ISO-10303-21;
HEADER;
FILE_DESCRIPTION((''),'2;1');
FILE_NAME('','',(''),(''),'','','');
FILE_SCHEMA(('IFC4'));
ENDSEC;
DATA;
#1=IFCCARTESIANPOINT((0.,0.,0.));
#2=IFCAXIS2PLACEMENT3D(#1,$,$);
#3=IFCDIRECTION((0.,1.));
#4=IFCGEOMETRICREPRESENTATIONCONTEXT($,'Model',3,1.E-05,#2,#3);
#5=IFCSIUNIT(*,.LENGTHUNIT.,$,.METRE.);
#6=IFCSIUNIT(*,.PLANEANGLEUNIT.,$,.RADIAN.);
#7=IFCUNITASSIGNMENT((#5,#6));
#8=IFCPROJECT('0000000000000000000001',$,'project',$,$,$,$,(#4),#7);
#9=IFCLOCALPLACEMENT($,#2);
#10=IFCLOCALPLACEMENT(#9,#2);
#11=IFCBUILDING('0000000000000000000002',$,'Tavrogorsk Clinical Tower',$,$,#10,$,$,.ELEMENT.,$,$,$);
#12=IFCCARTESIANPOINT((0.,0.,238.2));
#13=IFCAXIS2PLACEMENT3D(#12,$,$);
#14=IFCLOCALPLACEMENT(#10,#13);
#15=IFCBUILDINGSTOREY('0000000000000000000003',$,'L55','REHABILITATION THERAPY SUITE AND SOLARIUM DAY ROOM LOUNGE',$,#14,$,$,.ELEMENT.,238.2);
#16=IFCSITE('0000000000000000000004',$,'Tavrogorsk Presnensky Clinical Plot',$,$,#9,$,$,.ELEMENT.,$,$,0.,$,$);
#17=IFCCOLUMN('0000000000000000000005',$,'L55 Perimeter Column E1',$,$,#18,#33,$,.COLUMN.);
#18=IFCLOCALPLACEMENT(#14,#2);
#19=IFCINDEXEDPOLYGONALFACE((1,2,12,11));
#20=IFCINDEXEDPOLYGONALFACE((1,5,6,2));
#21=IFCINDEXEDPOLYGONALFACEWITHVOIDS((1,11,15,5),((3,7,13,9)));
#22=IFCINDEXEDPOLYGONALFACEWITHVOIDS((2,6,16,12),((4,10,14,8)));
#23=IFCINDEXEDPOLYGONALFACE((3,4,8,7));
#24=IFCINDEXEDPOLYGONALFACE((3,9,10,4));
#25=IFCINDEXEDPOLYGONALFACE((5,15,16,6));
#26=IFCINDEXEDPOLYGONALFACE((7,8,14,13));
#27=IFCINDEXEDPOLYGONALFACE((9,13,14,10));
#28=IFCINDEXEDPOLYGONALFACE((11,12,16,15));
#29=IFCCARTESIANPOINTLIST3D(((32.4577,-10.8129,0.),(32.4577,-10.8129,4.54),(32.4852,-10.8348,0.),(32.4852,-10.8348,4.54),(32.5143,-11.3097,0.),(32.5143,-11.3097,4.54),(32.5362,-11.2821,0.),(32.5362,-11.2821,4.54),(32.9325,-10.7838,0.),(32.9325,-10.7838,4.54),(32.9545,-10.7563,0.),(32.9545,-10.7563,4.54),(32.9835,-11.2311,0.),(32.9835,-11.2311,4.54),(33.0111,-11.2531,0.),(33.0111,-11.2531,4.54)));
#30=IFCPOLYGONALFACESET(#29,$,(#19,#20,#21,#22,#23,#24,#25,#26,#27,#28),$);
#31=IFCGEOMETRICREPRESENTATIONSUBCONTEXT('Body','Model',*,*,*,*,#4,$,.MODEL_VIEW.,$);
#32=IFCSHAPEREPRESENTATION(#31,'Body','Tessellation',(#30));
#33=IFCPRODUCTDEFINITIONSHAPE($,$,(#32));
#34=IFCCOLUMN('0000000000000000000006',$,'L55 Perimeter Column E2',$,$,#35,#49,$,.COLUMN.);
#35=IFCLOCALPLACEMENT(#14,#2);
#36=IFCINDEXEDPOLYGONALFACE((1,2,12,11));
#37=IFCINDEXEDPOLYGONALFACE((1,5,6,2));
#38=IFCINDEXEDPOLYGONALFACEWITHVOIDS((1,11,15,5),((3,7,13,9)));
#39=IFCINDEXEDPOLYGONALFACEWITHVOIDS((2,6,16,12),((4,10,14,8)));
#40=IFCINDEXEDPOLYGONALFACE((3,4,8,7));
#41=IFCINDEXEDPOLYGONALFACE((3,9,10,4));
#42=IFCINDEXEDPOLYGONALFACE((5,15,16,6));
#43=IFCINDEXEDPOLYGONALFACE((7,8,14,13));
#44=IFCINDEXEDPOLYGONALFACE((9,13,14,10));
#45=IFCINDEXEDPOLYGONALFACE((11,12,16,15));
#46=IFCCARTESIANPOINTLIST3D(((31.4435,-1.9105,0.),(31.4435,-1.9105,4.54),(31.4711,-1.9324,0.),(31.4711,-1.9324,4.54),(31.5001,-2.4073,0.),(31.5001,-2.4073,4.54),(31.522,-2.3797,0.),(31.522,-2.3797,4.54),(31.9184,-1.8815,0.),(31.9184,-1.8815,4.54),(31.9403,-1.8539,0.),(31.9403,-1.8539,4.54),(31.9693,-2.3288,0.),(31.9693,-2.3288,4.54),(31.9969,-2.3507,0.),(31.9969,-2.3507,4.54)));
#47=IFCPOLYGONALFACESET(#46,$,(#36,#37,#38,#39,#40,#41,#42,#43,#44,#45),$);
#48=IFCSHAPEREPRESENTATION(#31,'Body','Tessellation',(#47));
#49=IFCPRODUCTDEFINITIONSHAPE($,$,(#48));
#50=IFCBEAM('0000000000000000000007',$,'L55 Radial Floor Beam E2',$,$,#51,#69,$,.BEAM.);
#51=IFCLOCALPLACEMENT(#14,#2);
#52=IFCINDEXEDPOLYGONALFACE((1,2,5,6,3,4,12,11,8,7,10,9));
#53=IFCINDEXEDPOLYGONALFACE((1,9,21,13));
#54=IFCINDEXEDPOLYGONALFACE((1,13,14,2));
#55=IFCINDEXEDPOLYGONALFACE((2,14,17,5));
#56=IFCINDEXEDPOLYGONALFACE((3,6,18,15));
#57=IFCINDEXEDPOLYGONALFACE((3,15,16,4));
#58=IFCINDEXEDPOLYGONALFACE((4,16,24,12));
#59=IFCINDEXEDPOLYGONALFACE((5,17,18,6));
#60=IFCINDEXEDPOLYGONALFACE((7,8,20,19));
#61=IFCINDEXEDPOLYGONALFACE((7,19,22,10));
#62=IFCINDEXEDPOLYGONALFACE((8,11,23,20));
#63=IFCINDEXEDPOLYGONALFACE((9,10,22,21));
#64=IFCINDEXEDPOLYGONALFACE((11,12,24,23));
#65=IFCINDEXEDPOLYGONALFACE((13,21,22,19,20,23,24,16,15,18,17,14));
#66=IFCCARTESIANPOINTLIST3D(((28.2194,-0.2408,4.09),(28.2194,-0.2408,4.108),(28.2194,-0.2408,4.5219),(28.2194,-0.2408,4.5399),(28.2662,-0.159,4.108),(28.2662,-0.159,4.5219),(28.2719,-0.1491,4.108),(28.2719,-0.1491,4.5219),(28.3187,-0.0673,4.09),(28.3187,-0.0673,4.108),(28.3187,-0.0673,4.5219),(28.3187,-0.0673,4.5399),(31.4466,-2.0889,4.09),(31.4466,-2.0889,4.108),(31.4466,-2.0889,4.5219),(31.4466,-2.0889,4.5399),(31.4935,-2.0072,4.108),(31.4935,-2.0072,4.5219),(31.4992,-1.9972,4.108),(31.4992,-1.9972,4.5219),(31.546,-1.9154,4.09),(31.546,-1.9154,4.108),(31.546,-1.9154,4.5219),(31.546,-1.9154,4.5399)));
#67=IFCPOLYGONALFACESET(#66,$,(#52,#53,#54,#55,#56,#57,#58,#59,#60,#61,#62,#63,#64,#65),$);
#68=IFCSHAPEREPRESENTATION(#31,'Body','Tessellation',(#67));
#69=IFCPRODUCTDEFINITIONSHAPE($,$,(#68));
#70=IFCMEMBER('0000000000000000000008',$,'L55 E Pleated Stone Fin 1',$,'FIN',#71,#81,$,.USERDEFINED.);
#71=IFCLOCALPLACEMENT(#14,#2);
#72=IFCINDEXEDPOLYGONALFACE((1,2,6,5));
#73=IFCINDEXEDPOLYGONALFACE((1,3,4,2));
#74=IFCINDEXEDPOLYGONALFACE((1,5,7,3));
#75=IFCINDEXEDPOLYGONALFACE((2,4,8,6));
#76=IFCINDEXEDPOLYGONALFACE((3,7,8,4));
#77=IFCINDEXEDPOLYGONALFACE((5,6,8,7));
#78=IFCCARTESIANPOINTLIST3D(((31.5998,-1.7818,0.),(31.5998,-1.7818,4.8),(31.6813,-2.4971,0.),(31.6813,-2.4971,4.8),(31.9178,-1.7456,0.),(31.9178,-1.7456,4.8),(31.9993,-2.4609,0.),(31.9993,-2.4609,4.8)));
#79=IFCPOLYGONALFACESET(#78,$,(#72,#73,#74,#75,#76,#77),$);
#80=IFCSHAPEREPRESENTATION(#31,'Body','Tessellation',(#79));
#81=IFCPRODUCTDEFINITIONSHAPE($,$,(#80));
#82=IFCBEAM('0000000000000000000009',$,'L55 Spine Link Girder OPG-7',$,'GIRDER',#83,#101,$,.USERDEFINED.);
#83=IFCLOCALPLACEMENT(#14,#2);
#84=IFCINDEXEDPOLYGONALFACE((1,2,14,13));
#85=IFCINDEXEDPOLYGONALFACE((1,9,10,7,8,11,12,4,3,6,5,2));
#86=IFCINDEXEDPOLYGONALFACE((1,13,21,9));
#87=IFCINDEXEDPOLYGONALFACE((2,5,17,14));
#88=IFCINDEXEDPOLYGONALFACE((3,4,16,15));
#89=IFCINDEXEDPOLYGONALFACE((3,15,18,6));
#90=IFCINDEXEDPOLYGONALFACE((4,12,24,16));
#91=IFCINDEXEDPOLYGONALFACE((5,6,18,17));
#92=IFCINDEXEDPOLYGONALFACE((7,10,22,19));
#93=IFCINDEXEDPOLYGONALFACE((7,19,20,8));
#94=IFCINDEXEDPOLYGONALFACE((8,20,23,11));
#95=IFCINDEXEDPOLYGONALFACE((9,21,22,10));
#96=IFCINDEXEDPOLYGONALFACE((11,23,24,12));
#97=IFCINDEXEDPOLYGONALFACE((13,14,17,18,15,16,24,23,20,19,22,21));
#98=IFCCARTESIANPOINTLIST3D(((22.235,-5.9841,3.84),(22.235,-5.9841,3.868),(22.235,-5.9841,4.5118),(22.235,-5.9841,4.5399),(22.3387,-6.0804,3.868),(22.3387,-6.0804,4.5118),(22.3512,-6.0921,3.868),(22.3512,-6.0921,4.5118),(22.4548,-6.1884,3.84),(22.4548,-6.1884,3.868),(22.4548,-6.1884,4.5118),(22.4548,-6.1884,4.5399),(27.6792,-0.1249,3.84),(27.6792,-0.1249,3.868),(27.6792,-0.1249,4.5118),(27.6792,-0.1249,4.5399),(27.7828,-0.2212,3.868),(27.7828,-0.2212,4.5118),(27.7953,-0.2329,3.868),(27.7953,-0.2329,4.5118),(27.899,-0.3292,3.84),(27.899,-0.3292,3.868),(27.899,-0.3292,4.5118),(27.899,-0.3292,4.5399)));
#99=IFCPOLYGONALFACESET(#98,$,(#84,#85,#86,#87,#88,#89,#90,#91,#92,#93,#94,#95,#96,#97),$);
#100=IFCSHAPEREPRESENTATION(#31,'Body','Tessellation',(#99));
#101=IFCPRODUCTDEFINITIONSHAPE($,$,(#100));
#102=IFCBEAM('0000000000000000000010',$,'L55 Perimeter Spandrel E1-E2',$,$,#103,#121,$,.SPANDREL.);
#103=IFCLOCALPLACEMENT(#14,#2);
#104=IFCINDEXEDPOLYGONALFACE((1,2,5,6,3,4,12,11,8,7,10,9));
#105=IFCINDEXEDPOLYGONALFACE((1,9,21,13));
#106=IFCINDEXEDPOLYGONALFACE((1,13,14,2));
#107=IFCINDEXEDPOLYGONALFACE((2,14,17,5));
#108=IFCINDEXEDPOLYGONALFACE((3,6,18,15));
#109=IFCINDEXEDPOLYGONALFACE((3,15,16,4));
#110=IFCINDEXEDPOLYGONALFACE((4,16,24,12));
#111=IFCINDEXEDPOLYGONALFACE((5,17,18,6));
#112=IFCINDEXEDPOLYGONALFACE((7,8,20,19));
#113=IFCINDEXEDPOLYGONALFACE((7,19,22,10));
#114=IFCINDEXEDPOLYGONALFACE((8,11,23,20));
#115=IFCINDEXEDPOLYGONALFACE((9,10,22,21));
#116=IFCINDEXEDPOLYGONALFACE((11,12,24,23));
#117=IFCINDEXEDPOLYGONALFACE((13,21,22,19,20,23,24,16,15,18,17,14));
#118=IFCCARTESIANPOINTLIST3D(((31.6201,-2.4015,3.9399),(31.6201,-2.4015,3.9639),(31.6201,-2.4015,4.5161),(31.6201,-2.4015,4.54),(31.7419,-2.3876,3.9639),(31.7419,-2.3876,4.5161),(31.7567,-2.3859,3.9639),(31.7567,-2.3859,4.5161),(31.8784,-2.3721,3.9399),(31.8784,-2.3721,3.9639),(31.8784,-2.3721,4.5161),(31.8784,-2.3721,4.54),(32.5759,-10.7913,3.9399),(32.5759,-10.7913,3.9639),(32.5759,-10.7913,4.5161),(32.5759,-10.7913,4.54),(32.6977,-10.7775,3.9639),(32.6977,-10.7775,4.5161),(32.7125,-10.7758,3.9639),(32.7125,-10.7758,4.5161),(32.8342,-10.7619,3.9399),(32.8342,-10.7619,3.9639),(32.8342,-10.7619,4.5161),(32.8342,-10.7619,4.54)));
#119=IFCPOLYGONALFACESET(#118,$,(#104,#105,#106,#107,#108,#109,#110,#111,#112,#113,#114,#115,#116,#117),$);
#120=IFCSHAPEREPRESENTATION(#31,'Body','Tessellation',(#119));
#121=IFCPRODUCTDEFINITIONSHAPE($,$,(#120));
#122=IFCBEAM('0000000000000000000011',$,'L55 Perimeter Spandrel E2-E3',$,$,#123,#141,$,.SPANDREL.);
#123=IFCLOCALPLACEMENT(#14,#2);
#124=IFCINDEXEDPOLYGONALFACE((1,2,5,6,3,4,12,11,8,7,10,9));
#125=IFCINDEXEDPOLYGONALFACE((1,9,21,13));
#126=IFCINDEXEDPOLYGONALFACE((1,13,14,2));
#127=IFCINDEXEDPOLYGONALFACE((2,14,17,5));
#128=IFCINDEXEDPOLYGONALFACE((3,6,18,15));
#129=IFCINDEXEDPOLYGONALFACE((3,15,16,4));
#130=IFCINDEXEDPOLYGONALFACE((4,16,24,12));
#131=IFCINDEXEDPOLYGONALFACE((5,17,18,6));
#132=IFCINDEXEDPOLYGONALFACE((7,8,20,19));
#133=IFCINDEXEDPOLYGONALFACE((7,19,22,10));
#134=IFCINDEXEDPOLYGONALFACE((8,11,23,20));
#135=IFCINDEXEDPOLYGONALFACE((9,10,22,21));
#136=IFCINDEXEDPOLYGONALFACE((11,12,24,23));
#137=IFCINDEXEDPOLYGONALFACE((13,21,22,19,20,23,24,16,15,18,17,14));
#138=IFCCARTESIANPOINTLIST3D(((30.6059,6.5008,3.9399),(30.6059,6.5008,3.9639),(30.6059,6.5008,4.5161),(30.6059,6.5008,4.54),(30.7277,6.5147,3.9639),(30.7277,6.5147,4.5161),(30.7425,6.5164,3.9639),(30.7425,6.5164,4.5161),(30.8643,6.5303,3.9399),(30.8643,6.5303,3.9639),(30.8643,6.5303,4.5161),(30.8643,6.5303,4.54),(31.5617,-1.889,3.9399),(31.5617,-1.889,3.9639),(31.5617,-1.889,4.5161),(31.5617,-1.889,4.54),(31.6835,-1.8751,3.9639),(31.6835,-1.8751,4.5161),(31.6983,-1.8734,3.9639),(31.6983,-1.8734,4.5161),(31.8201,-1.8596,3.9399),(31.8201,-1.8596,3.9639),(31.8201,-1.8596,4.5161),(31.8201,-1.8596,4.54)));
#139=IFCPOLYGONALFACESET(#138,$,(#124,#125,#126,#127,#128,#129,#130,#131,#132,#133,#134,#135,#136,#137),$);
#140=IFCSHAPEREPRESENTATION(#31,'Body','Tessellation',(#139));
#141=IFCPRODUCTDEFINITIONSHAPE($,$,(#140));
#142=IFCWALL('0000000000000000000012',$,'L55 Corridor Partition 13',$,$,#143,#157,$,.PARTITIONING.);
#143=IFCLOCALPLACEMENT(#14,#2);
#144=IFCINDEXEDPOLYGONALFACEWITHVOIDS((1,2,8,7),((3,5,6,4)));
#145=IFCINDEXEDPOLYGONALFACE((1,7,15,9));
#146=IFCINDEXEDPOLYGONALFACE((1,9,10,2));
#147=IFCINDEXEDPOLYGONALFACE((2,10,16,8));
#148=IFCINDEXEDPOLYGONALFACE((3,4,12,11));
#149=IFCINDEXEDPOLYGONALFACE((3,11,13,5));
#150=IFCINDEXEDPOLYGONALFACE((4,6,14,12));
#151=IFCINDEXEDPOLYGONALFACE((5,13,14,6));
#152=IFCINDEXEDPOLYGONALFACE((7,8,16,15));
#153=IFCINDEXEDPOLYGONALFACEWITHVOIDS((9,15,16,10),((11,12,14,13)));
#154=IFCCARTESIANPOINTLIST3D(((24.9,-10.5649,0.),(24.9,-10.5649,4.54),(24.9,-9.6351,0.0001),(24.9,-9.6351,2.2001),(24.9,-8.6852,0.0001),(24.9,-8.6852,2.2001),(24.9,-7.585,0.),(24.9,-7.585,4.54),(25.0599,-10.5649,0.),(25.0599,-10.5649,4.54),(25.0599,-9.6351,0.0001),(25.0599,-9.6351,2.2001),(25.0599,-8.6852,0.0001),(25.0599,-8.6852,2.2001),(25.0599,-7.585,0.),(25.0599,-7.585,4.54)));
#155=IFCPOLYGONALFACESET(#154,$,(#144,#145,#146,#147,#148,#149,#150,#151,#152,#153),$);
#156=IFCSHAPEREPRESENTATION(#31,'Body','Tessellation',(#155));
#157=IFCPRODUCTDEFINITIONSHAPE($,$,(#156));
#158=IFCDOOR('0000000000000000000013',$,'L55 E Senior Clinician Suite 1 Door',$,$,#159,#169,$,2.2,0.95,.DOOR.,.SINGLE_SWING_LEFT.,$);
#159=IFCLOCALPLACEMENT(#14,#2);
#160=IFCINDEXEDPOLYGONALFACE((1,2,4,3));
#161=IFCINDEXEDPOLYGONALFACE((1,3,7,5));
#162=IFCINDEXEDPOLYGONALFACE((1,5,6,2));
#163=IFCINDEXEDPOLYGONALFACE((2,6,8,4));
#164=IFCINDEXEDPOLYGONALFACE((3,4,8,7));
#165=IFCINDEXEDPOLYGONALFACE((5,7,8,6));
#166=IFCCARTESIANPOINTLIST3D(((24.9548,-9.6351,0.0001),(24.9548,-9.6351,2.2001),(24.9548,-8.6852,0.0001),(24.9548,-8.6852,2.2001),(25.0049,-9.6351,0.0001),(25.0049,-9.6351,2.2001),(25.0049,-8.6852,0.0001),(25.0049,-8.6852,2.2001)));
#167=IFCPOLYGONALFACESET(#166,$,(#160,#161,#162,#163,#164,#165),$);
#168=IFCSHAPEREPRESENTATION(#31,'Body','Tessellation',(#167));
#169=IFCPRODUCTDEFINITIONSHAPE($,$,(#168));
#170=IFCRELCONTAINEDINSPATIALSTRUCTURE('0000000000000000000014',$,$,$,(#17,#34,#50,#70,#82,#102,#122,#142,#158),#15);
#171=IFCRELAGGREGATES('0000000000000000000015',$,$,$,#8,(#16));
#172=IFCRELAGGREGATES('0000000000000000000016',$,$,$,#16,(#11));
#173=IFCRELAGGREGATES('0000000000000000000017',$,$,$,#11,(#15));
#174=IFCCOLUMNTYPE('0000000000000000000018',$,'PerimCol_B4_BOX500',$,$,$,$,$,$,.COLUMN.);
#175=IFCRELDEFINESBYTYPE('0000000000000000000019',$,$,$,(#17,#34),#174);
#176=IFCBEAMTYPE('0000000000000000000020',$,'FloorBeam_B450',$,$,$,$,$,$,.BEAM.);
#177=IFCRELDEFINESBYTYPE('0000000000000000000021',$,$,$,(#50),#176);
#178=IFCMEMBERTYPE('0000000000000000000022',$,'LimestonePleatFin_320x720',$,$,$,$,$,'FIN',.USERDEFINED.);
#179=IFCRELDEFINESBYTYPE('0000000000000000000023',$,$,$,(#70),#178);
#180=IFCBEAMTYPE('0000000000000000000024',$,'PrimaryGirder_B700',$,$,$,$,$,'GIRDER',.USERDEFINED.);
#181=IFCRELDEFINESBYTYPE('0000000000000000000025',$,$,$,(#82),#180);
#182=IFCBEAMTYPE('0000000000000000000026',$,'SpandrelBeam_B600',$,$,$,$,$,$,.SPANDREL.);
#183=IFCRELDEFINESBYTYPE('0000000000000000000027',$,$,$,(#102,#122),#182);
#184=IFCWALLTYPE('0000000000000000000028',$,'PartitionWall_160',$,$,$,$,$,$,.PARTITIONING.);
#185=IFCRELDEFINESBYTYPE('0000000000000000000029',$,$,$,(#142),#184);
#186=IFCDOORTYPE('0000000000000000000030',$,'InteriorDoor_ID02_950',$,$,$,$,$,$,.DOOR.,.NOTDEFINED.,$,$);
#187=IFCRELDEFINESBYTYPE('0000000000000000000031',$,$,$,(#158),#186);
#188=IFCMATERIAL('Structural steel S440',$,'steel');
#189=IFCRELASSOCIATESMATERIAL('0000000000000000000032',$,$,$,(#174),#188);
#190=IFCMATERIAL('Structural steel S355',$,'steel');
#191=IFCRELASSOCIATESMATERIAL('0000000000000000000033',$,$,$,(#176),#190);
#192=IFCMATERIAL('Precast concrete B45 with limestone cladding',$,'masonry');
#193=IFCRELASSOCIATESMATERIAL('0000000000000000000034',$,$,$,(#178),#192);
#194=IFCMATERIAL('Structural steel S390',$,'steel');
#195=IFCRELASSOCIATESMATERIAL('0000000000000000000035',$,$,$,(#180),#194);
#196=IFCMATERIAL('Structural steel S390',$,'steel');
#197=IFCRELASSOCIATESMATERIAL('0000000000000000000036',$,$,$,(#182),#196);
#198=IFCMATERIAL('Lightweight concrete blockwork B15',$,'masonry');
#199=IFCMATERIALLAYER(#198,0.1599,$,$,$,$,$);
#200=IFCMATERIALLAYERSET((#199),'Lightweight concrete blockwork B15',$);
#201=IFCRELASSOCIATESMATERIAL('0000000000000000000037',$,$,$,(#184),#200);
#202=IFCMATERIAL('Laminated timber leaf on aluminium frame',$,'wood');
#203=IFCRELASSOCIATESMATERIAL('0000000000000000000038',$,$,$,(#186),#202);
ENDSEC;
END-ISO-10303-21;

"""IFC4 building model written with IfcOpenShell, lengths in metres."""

from ifc_helpers import new_model, si_unit, direction, frame, frame_2d, origin, origin_2d, place, context, subcontext, project, spatial, rectangle, hollow_rectangle, i_section, extrude, material, layer, layer_set, material_profile, profile_set, type_object, element, fill, save


model = new_model("IFC4")

# Units and contexts
model_context = context("Model", 3, precision=1e-05, world=origin(), true_north=direction((0.0, 1.0)))
body_context = subcontext(model_context, "Body", "Model", "MODEL_VIEW")
ifc_project = project(units=[si_unit("LENGTHUNIT", "METRE"), si_unit("PLANEANGLEUNIT", "RADIAN")], contexts=[model_context])

# Site, building, storey
site_placement = place(None, origin())
site = spatial("IfcSite", under=ifc_project, at=site_placement, Name="Tavrogorsk Presnensky Clinical Plot", CompositionType="ELEMENT", RefElevation=0.0)
building_placement = place(site_placement, origin())
building = spatial("IfcBuilding", under=site, at=building_placement, Name="Tavrogorsk Clinical Tower", CompositionType="ELEMENT")
storey_placement = place(building_placement, frame((0.0, 0.0, 238.2)))
storey = spatial("IfcBuildingStorey", under=building, at=storey_placement, Name="L55", Description="REHABILITATION THERAPY SUITE AND SOLARIUM DAY ROOM LOUNGE", CompositionType="ELEMENT", Elevation=238.2)

# Columns
ifc_material_1 = material(Name="Structural steel S440", Category="steel")
ifc_material_profile_1 = material_profile(ifc_material_1, hollow_rectangle(XDim=0.5, YDim=0.5, WallThickness=0.0249, at=origin_2d()), Name="BOX-500x500x25")
ifc_profile_set_1 = profile_set([ifc_material_profile_1], Name="Structural steel S440")
column_type = type_object("IfcColumnType", Name="PerimCol_B4_BOX500", PredefinedType="COLUMN", material=ifc_profile_set_1)
for number, where, z_axis, x_axis, name in (
    (1, (32.7344, -11.033, 0.0), (0.0, 0.0, 1.0), (0.993572, 0.113203, 0.0), "L55 Perimeter Column E1"),
    (2, (31.7202, -2.1306, 0.0), (0.0, 0.0, 1.0), (0.993572, 0.113203, 0.0), "L55 Perimeter Column E2"),
):
    element("IfcColumn", number, at=place(storey_placement, frame(where, z_axis=z_axis, x_axis=x_axis)), inside=storey, type_object=column_type, Name=name, PredefinedType="COLUMN", context=body_context, shape_type="SweptSolid", body=[
        extrude(hollow_rectangle(XDim=0.5, YDim=0.5, WallThickness=0.0249, at=origin_2d()), origin(), (0.0, 0.0, 1.0), 4.54),
    ])

# Beam
ifc_material_2 = material(Name="Structural steel S355", Category="steel")
ifc_material_profile_2 = material_profile(ifc_material_2, i_section(OverallWidth=0.2, OverallDepth=0.45, WebThickness=0.0115, FlangeThickness=0.0181, at=origin_2d()), Name="B-450x200x11.5x18")
ifc_profile_set_2 = profile_set([ifc_material_profile_2], Name="Structural steel S355")
beam_type_1 = type_object("IfcBeamType", Name="FloorBeam_B450", PredefinedType="BEAM", material=ifc_profile_set_2)
beam_1_placement = place(storey_placement, frame((28.269, -0.1541, 4.3149), z_axis=(0.867782, -0.496945, 0.0), x_axis=(0.496945, 0.867782, 0.0)))
element("IfcBeam", 3, at=beam_1_placement, inside=storey, type_object=beam_type_1, Name="L55 Radial Floor Beam E2", PredefinedType="BEAM", context=body_context, shape_type="SweptSolid", body=[
    extrude(i_section(OverallWidth=0.2, OverallDepth=0.45, WebThickness=0.0115, FlangeThickness=0.0181, at=origin_2d()), origin(), (0.0, 0.0, 1.0), 3.719),
])

# Member
ifc_material_3 = material(Name="Precast concrete B45 with limestone cladding", Category="masonry")
ifc_material_profile_3 = material_profile(ifc_material_3, rectangle(XDim=0.3201, YDim=0.72, at=origin_2d()), Name="LIMESTONE-FIN-320x720")
ifc_profile_set_3 = profile_set([ifc_material_profile_3], Name="Precast concrete B45 with limestone cladding")
member_type = type_object("IfcMemberType", Name="LimestonePleatFin_320x720", ElementType="FIN", PredefinedType="USERDEFINED", material=ifc_profile_set_3)
member_placement = place(storey_placement, frame((31.7996, -2.1213, 0.0), z_axis=(0.0, 0.0, 1.0), x_axis=(0.993572, 0.113203, 0.0)))
element("IfcMember", 4, at=member_placement, inside=storey, type_object=member_type, Name="L55 E Pleated Stone Fin 1", ObjectType="FIN", PredefinedType="USERDEFINED", context=body_context, shape_type="SweptSolid", body=[
    extrude(rectangle(XDim=0.3201, YDim=0.72, at=origin_2d()), origin(), (0.0, 0.0, 1.0), 4.8),
])

# Beams
ifc_material_4 = material(Name="Structural steel S390", Category="steel")
ifc_material_profile_4 = material_profile(ifc_material_4, i_section(OverallWidth=0.3, OverallDepth=0.7, WebThickness=0.0171, FlangeThickness=0.0281, at=origin_2d()), Name="B-700x300x17x28")
ifc_profile_set_4 = profile_set([ifc_material_profile_4], Name="Structural steel S390")
beam_type_2 = type_object("IfcBeamType", Name="PrimaryGirder_B700", ElementType="GIRDER", PredefinedType="USERDEFINED", material=ifc_profile_set_4)
beam_2_placement = place(storey_placement, frame((27.7891, -0.2271, 4.1899), z_axis=(-0.680684, -0.732577, 0.0), x_axis=(0.732577, -0.680684, 0.0)))
element("IfcBeam", 5, at=beam_2_placement, inside=storey, type_object=beam_type_2, Name="L55 Spine Link Girder OPG-7", ObjectType="GIRDER", PredefinedType="USERDEFINED", context=body_context, shape_type="SweptSolid", body=[
    extrude(i_section(OverallWidth=0.3, OverallDepth=0.7, WebThickness=0.0171, FlangeThickness=0.0281, at=origin_2d()), origin(), (0.0, 0.0, 1.0), 7.998),
])
ifc_material_5 = material(Name="Structural steel S390", Category="steel")
ifc_material_profile_5 = material_profile(ifc_material_5, i_section(OverallWidth=0.26, OverallDepth=0.6001, WebThickness=0.0149, FlangeThickness=0.0239, at=origin_2d()), Name="B-600x260x15x24")
ifc_profile_set_5 = profile_set([ifc_material_profile_5], Name="Structural steel S390")
beam_type_3 = type_object("IfcBeamType", Name="SpandrelBeam_B600", PredefinedType="SPANDREL", material=ifc_profile_set_5)
for number, where, z_axis, x_axis, name in (
    (6, (32.7051, -10.7766, 4.24), (-0.113192, 0.993573, 0.0), (-0.993573, -0.113192, 0.0), "L55 Perimeter Spandrel E1-E2"),
    (7, (31.6909, -1.8743, 4.24), (-0.113192, 0.993573, 0.0), (-0.993573, -0.113192, 0.0), "L55 Perimeter Spandrel E2-E3"),
):
    element("IfcBeam", number, at=place(storey_placement, frame(where, z_axis=z_axis, x_axis=x_axis)), inside=storey, type_object=beam_type_3, Name=name, PredefinedType="SPANDREL", context=body_context, shape_type="SweptSolid", body=[
        extrude(i_section(OverallWidth=0.26, OverallDepth=0.6001, WebThickness=0.0149, FlangeThickness=0.0239, at=origin_2d()), origin(), (0.0, 0.0, 1.0), 8.4441),
    ])

# Wall, opening, door
ifc_material_6 = material(Name="Lightweight concrete blockwork B15", Category="masonry")
ifc_layer = layer(ifc_material_6, 0.1599)
ifc_layer_set = layer_set([ifc_layer], Name="Lightweight concrete blockwork B15")
wall_type = type_object("IfcWallType", Name="PartitionWall_160", PredefinedType="PARTITIONING", material=ifc_layer_set)
wall_1_placement = place(storey_placement, frame((24.98, -7.585, 0.0), z_axis=(0.0, 0.0, 1.0), x_axis=(0.0, -1.0, 0.0)))
wall_1 = element("IfcWall", 8, at=wall_1_placement, inside=storey, type_object=wall_type, Name="L55 Corridor Partition 13", PredefinedType="PARTITIONING", context=body_context, shape_type="SweptSolid", body=[
    extrude(rectangle(XDim=2.98, YDim=0.1599, at=frame_2d((1.49, 0.0))), origin(), (0.0, 0.0, 1.0), 4.54),
])
opening_1_placement = place(wall_1_placement, frame((1.1001, 0.0, 0.0)))
opening_1 = element("IfcOpeningElement", 9, at=opening_1_placement, cuts=wall_1, PredefinedType="OPENING", context=body_context, shape_type="SweptSolid", body=[
    extrude(rectangle(XDim=0.95, YDim=2.2, at=frame_2d((0.4751, 1.1001))), frame((0.0, 0.0898, 0.0), z_axis=(0.0, -1.0, 0.0), x_axis=(1.0, 0.0, 0.0)), (0.0, 0.0, 1.0), 0.1799),
])
ifc_material_7 = material(Name="Laminated timber leaf on aluminium frame", Category="wood")
door_type_1 = type_object("IfcDoorType", Name="InteriorDoor_ID02_950", OperationType="NOTDEFINED", PredefinedType="DOOR", material=ifc_material_7)
door_1_placement = place(opening_1_placement, origin())
door_1 = element("IfcDoor", 10, at=door_1_placement, inside=storey, type_object=door_type_1, Name="L55 E Senior Clinician Suite 1 Door", OperationType="SINGLE_SWING_LEFT", OverallHeight=2.2, OverallWidth=0.95, PredefinedType="DOOR", context=body_context, shape_type="SweptSolid", body=[
    extrude(rectangle(XDim=0.95, YDim=2.2, at=frame_2d((0.4751, 1.1001))), frame((0.0, 0.0249, 0.0), z_axis=(0.0, -1.0, 0.0), x_axis=(1.0, 0.0, 0.0)), (0.0, 0.0, 1.0), 0.05),
])
fill(opening_1, door_1)

save(model, "model.ifc")
